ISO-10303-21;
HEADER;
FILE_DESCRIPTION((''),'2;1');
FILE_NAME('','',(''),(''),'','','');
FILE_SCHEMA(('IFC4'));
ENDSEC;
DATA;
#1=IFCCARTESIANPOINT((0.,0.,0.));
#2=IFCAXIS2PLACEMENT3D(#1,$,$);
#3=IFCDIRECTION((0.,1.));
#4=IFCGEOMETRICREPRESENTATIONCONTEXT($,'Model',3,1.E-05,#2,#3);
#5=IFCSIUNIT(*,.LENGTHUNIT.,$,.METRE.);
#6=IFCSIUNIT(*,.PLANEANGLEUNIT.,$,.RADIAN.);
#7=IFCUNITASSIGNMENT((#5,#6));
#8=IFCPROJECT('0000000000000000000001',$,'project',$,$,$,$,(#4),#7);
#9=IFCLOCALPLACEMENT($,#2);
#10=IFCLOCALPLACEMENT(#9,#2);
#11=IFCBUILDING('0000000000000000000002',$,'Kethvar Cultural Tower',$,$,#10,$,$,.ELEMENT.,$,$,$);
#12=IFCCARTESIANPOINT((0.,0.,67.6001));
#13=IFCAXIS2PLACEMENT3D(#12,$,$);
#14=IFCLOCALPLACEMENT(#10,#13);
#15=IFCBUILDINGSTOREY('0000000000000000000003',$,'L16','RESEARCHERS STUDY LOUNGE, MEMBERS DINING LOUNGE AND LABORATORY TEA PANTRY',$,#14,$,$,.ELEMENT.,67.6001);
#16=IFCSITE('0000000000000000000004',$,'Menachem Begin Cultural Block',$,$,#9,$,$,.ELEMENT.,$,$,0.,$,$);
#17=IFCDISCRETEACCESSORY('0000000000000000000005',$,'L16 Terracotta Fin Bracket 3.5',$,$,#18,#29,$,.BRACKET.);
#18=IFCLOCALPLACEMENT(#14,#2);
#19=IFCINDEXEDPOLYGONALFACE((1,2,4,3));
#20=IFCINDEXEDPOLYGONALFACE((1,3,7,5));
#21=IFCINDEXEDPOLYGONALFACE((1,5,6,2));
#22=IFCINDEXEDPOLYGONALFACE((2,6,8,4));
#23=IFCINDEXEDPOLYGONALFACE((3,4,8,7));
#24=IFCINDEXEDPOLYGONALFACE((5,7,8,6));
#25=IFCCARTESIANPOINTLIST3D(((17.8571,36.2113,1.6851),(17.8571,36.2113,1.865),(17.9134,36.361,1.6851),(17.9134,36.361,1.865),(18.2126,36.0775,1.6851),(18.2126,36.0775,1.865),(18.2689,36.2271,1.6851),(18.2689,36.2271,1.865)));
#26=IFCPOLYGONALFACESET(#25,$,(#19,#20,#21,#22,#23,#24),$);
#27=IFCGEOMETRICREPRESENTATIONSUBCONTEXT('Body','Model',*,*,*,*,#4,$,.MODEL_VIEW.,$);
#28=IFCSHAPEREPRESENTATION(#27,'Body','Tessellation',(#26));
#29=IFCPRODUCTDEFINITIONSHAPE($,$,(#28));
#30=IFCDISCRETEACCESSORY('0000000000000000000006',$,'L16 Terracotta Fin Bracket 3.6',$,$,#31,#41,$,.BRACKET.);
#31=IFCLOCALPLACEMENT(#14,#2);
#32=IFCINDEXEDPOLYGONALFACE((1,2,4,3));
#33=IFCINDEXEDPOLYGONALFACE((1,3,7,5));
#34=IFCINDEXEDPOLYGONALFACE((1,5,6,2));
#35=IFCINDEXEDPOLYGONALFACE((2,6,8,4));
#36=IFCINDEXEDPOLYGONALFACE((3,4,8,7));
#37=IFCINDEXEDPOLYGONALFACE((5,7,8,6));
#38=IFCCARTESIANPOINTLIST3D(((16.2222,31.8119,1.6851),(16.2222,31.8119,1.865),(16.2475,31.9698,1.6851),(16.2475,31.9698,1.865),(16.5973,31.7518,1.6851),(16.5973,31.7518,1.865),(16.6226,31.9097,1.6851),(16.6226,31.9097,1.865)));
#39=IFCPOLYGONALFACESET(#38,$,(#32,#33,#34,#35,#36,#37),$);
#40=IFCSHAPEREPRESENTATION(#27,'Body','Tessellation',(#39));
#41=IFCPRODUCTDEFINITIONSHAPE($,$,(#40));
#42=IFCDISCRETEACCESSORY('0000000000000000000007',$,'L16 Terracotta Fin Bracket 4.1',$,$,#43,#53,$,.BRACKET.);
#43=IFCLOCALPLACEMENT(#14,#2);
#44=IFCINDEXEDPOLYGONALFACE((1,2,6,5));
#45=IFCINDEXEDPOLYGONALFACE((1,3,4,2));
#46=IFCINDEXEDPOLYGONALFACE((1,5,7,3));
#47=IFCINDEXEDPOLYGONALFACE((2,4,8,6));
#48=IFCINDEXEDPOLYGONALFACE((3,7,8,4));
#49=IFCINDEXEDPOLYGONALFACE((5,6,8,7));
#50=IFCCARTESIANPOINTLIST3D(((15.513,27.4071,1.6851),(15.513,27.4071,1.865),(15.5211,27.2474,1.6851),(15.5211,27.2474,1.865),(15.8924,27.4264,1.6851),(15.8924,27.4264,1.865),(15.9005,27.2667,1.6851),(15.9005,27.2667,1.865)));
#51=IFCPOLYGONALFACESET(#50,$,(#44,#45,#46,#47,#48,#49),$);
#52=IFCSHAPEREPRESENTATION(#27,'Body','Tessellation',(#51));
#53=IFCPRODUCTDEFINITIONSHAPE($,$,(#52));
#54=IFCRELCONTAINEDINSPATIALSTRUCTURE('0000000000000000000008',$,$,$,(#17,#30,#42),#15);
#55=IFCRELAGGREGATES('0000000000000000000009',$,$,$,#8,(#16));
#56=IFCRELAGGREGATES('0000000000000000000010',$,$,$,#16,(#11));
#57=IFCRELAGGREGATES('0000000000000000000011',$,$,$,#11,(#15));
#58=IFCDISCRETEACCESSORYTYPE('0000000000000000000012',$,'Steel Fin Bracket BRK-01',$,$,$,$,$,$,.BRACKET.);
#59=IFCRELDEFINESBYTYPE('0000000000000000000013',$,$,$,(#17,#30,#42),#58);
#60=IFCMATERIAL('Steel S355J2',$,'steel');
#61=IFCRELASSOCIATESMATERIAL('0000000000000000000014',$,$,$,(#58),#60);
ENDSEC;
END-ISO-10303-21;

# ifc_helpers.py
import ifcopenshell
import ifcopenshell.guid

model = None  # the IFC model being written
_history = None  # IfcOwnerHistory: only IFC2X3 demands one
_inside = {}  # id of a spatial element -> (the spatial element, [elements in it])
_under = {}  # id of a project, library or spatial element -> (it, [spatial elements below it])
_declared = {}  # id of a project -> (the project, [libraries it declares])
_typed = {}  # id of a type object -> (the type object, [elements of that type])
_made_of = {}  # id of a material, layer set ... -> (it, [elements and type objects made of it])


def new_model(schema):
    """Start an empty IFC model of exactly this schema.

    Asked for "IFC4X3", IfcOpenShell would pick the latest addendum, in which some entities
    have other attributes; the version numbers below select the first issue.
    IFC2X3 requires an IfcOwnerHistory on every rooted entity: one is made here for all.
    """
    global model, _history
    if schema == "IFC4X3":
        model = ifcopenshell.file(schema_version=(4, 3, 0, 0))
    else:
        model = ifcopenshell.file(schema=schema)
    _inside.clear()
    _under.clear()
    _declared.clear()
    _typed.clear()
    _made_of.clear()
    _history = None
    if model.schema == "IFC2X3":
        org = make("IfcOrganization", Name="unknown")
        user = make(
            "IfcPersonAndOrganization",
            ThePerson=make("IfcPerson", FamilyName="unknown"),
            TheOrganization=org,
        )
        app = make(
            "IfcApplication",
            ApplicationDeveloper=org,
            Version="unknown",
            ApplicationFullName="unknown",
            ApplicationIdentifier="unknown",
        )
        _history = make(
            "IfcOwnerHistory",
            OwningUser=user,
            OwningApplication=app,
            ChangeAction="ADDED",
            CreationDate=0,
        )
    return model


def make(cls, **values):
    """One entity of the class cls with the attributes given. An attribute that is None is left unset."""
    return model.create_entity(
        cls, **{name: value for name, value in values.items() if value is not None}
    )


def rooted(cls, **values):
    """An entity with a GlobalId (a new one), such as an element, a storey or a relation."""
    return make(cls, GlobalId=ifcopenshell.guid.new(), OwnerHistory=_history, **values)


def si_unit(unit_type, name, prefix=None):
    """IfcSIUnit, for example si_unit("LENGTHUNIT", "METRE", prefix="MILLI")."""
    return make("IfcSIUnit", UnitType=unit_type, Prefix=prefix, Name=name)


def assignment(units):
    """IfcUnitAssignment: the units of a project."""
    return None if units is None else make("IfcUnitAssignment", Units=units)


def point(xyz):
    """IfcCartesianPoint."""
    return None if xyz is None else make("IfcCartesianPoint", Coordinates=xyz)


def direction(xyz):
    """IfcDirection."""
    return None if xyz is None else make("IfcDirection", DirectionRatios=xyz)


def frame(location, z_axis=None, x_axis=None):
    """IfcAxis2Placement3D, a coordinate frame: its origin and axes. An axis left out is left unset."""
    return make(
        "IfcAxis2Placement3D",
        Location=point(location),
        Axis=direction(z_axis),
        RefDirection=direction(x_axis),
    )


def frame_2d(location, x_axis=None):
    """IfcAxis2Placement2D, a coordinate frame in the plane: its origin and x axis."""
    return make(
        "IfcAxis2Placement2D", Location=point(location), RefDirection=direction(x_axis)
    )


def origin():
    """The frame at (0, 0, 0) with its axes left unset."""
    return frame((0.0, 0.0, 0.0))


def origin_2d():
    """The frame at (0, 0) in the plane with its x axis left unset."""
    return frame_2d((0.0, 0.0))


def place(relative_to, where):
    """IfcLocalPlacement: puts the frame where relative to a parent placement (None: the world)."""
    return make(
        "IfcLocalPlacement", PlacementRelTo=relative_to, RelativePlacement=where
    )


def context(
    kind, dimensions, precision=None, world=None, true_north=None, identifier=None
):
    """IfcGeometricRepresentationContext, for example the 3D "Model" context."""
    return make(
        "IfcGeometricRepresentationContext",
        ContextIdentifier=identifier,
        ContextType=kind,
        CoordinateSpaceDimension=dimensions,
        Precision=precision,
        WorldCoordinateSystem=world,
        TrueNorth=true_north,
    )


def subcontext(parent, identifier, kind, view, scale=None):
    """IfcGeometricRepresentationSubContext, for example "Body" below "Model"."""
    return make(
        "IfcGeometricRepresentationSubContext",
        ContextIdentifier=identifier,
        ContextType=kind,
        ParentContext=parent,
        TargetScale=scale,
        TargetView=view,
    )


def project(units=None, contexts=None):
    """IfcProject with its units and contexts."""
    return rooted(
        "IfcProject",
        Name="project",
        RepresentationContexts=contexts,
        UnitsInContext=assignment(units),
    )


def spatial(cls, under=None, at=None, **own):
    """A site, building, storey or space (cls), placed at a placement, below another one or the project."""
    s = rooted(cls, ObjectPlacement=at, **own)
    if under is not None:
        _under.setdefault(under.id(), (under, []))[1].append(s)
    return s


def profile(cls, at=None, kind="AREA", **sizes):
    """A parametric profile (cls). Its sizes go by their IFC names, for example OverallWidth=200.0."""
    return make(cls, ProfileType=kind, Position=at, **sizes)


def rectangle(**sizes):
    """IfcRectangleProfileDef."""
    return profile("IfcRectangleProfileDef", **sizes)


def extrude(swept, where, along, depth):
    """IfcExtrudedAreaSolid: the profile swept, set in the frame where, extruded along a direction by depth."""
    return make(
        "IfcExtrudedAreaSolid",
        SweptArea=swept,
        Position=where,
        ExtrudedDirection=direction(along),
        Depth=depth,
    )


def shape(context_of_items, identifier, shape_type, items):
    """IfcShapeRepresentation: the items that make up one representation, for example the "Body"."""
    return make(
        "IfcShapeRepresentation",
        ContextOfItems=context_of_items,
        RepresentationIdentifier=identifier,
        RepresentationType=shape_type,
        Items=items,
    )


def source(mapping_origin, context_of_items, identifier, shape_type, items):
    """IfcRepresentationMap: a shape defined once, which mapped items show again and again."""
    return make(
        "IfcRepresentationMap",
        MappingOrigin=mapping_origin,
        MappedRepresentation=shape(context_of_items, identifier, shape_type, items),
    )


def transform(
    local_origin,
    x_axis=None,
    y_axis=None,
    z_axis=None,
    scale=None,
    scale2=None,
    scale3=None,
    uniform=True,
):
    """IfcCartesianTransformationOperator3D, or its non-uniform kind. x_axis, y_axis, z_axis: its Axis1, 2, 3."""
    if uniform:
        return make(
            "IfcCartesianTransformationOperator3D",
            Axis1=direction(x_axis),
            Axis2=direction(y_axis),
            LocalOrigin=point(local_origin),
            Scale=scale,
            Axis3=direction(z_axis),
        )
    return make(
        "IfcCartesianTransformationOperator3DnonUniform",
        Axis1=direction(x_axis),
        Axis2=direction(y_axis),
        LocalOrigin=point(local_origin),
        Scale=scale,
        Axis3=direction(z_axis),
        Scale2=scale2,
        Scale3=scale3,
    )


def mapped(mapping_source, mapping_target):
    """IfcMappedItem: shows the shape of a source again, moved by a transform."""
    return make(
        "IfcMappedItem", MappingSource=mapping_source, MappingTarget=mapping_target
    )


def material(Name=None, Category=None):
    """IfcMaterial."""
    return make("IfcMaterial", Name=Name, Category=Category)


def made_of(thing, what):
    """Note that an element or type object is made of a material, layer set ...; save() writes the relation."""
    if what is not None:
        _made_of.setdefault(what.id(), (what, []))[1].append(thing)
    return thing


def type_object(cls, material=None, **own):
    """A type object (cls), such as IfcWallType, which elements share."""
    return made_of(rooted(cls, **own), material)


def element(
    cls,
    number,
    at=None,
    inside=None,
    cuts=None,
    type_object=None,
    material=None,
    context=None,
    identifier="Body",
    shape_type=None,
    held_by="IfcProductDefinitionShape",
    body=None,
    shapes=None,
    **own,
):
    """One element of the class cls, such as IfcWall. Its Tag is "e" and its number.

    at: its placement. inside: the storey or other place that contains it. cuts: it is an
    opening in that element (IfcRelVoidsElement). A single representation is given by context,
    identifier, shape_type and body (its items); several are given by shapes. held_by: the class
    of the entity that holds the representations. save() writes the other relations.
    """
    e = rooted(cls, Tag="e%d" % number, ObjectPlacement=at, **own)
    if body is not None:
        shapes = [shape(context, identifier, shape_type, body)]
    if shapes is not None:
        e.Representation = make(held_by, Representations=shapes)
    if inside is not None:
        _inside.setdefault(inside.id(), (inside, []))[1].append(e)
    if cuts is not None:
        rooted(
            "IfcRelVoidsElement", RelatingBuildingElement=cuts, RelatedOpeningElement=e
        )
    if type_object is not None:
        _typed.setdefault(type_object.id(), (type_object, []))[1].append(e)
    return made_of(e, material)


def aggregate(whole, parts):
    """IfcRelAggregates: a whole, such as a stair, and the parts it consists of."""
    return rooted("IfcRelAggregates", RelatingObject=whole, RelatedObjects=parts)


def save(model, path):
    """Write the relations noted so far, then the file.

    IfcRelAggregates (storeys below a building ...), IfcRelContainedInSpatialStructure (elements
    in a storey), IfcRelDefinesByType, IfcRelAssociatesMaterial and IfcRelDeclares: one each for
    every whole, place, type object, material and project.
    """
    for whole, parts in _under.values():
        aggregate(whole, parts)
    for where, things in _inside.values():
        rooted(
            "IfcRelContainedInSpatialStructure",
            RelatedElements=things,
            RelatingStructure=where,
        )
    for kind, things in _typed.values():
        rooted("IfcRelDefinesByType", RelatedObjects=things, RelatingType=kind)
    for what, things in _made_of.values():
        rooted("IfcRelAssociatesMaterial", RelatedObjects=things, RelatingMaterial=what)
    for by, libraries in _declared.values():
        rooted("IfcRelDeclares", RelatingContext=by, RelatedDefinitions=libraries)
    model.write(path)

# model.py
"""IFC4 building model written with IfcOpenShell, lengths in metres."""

from ifc_helpers import new_model, si_unit, direction, frame, origin, origin_2d, place, context, subcontext, project, spatial, rectangle, extrude, source, transform, mapped, material, type_object, element, save


model = new_model("IFC4")

# Units and contexts
model_context = context("Model", 3, precision=1e-05, world=origin(), true_north=direction((0.0, 1.0)))
body_context = subcontext(model_context, "Body", "Model", "MODEL_VIEW")
ifc_project = project(units=[si_unit("LENGTHUNIT", "METRE"), si_unit("PLANEANGLEUNIT", "RADIAN")], contexts=[model_context])

# Site, building, storey
site_placement = place(None, origin())
site = spatial("IfcSite", under=ifc_project, at=site_placement, Name="Menachem Begin Cultural Block", CompositionType="ELEMENT", RefElevation=0.0)
building_placement = place(site_placement, origin())
building = spatial("IfcBuilding", under=site, at=building_placement, Name="Kethvar Cultural Tower", CompositionType="ELEMENT")
storey_placement = place(building_placement, frame((0.0, 0.0, 67.6001)))
storey = spatial("IfcBuildingStorey", under=building, at=storey_placement, Name="L16", Description="RESEARCHERS STUDY LOUNGE, MEMBERS DINING LOUNGE AND LABORATORY TEA PANTRY", CompositionType="ELEMENT", Elevation=67.6001)

# Shared definitions
ifc_material_1 = material(Name="Steel S355J2", Category="steel")

# Discrete accessories
discrete_accessory_type = type_object("IfcDiscreteAccessoryType", Name="Steel Fin Bracket BRK-01", PredefinedType="BRACKET", material=ifc_material_1)
shared_shape_1 = source(origin(), body_context, "Body", "SweptSolid", [
    extrude(rectangle(XDim=0.3799, YDim=0.1599, at=origin_2d()), origin(), (0.0, 0.0, 1.0), 0.1799),
])
for number, where, z_axis, x_axis, name in (
    (1, (18.063, 36.2192, 1.6851), (0.0, 0.0, 1.0), (-0.935875, 0.352332, 0.0), "L16 Terracotta Fin Bracket 3.5"),
    (2, (16.4224, 31.8608, 1.6851), (0.0, 0.0, 1.0), (-0.987414, 0.158158, 0.0), "L16 Terracotta Fin Bracket 3.6"),
    (3, (15.7068, 27.3369, 1.6851), (0.0, 0.0, 1.0), (-0.998711, -0.050767, 0.0), "L16 Terracotta Fin Bracket 4.1"),
):
    element("IfcDiscreteAccessory", number, at=place(storey_placement, frame(where, z_axis=z_axis, x_axis=x_axis)), inside=storey, type_object=discrete_accessory_type, Name=name, PredefinedType="BRACKET", context=body_context, shape_type="MappedRepresentation", body=[
        mapped(shared_shape_1, transform((0.0, 0.0, 0.0), scale=1.0)),
    ])

save(model, "model.ifc")
